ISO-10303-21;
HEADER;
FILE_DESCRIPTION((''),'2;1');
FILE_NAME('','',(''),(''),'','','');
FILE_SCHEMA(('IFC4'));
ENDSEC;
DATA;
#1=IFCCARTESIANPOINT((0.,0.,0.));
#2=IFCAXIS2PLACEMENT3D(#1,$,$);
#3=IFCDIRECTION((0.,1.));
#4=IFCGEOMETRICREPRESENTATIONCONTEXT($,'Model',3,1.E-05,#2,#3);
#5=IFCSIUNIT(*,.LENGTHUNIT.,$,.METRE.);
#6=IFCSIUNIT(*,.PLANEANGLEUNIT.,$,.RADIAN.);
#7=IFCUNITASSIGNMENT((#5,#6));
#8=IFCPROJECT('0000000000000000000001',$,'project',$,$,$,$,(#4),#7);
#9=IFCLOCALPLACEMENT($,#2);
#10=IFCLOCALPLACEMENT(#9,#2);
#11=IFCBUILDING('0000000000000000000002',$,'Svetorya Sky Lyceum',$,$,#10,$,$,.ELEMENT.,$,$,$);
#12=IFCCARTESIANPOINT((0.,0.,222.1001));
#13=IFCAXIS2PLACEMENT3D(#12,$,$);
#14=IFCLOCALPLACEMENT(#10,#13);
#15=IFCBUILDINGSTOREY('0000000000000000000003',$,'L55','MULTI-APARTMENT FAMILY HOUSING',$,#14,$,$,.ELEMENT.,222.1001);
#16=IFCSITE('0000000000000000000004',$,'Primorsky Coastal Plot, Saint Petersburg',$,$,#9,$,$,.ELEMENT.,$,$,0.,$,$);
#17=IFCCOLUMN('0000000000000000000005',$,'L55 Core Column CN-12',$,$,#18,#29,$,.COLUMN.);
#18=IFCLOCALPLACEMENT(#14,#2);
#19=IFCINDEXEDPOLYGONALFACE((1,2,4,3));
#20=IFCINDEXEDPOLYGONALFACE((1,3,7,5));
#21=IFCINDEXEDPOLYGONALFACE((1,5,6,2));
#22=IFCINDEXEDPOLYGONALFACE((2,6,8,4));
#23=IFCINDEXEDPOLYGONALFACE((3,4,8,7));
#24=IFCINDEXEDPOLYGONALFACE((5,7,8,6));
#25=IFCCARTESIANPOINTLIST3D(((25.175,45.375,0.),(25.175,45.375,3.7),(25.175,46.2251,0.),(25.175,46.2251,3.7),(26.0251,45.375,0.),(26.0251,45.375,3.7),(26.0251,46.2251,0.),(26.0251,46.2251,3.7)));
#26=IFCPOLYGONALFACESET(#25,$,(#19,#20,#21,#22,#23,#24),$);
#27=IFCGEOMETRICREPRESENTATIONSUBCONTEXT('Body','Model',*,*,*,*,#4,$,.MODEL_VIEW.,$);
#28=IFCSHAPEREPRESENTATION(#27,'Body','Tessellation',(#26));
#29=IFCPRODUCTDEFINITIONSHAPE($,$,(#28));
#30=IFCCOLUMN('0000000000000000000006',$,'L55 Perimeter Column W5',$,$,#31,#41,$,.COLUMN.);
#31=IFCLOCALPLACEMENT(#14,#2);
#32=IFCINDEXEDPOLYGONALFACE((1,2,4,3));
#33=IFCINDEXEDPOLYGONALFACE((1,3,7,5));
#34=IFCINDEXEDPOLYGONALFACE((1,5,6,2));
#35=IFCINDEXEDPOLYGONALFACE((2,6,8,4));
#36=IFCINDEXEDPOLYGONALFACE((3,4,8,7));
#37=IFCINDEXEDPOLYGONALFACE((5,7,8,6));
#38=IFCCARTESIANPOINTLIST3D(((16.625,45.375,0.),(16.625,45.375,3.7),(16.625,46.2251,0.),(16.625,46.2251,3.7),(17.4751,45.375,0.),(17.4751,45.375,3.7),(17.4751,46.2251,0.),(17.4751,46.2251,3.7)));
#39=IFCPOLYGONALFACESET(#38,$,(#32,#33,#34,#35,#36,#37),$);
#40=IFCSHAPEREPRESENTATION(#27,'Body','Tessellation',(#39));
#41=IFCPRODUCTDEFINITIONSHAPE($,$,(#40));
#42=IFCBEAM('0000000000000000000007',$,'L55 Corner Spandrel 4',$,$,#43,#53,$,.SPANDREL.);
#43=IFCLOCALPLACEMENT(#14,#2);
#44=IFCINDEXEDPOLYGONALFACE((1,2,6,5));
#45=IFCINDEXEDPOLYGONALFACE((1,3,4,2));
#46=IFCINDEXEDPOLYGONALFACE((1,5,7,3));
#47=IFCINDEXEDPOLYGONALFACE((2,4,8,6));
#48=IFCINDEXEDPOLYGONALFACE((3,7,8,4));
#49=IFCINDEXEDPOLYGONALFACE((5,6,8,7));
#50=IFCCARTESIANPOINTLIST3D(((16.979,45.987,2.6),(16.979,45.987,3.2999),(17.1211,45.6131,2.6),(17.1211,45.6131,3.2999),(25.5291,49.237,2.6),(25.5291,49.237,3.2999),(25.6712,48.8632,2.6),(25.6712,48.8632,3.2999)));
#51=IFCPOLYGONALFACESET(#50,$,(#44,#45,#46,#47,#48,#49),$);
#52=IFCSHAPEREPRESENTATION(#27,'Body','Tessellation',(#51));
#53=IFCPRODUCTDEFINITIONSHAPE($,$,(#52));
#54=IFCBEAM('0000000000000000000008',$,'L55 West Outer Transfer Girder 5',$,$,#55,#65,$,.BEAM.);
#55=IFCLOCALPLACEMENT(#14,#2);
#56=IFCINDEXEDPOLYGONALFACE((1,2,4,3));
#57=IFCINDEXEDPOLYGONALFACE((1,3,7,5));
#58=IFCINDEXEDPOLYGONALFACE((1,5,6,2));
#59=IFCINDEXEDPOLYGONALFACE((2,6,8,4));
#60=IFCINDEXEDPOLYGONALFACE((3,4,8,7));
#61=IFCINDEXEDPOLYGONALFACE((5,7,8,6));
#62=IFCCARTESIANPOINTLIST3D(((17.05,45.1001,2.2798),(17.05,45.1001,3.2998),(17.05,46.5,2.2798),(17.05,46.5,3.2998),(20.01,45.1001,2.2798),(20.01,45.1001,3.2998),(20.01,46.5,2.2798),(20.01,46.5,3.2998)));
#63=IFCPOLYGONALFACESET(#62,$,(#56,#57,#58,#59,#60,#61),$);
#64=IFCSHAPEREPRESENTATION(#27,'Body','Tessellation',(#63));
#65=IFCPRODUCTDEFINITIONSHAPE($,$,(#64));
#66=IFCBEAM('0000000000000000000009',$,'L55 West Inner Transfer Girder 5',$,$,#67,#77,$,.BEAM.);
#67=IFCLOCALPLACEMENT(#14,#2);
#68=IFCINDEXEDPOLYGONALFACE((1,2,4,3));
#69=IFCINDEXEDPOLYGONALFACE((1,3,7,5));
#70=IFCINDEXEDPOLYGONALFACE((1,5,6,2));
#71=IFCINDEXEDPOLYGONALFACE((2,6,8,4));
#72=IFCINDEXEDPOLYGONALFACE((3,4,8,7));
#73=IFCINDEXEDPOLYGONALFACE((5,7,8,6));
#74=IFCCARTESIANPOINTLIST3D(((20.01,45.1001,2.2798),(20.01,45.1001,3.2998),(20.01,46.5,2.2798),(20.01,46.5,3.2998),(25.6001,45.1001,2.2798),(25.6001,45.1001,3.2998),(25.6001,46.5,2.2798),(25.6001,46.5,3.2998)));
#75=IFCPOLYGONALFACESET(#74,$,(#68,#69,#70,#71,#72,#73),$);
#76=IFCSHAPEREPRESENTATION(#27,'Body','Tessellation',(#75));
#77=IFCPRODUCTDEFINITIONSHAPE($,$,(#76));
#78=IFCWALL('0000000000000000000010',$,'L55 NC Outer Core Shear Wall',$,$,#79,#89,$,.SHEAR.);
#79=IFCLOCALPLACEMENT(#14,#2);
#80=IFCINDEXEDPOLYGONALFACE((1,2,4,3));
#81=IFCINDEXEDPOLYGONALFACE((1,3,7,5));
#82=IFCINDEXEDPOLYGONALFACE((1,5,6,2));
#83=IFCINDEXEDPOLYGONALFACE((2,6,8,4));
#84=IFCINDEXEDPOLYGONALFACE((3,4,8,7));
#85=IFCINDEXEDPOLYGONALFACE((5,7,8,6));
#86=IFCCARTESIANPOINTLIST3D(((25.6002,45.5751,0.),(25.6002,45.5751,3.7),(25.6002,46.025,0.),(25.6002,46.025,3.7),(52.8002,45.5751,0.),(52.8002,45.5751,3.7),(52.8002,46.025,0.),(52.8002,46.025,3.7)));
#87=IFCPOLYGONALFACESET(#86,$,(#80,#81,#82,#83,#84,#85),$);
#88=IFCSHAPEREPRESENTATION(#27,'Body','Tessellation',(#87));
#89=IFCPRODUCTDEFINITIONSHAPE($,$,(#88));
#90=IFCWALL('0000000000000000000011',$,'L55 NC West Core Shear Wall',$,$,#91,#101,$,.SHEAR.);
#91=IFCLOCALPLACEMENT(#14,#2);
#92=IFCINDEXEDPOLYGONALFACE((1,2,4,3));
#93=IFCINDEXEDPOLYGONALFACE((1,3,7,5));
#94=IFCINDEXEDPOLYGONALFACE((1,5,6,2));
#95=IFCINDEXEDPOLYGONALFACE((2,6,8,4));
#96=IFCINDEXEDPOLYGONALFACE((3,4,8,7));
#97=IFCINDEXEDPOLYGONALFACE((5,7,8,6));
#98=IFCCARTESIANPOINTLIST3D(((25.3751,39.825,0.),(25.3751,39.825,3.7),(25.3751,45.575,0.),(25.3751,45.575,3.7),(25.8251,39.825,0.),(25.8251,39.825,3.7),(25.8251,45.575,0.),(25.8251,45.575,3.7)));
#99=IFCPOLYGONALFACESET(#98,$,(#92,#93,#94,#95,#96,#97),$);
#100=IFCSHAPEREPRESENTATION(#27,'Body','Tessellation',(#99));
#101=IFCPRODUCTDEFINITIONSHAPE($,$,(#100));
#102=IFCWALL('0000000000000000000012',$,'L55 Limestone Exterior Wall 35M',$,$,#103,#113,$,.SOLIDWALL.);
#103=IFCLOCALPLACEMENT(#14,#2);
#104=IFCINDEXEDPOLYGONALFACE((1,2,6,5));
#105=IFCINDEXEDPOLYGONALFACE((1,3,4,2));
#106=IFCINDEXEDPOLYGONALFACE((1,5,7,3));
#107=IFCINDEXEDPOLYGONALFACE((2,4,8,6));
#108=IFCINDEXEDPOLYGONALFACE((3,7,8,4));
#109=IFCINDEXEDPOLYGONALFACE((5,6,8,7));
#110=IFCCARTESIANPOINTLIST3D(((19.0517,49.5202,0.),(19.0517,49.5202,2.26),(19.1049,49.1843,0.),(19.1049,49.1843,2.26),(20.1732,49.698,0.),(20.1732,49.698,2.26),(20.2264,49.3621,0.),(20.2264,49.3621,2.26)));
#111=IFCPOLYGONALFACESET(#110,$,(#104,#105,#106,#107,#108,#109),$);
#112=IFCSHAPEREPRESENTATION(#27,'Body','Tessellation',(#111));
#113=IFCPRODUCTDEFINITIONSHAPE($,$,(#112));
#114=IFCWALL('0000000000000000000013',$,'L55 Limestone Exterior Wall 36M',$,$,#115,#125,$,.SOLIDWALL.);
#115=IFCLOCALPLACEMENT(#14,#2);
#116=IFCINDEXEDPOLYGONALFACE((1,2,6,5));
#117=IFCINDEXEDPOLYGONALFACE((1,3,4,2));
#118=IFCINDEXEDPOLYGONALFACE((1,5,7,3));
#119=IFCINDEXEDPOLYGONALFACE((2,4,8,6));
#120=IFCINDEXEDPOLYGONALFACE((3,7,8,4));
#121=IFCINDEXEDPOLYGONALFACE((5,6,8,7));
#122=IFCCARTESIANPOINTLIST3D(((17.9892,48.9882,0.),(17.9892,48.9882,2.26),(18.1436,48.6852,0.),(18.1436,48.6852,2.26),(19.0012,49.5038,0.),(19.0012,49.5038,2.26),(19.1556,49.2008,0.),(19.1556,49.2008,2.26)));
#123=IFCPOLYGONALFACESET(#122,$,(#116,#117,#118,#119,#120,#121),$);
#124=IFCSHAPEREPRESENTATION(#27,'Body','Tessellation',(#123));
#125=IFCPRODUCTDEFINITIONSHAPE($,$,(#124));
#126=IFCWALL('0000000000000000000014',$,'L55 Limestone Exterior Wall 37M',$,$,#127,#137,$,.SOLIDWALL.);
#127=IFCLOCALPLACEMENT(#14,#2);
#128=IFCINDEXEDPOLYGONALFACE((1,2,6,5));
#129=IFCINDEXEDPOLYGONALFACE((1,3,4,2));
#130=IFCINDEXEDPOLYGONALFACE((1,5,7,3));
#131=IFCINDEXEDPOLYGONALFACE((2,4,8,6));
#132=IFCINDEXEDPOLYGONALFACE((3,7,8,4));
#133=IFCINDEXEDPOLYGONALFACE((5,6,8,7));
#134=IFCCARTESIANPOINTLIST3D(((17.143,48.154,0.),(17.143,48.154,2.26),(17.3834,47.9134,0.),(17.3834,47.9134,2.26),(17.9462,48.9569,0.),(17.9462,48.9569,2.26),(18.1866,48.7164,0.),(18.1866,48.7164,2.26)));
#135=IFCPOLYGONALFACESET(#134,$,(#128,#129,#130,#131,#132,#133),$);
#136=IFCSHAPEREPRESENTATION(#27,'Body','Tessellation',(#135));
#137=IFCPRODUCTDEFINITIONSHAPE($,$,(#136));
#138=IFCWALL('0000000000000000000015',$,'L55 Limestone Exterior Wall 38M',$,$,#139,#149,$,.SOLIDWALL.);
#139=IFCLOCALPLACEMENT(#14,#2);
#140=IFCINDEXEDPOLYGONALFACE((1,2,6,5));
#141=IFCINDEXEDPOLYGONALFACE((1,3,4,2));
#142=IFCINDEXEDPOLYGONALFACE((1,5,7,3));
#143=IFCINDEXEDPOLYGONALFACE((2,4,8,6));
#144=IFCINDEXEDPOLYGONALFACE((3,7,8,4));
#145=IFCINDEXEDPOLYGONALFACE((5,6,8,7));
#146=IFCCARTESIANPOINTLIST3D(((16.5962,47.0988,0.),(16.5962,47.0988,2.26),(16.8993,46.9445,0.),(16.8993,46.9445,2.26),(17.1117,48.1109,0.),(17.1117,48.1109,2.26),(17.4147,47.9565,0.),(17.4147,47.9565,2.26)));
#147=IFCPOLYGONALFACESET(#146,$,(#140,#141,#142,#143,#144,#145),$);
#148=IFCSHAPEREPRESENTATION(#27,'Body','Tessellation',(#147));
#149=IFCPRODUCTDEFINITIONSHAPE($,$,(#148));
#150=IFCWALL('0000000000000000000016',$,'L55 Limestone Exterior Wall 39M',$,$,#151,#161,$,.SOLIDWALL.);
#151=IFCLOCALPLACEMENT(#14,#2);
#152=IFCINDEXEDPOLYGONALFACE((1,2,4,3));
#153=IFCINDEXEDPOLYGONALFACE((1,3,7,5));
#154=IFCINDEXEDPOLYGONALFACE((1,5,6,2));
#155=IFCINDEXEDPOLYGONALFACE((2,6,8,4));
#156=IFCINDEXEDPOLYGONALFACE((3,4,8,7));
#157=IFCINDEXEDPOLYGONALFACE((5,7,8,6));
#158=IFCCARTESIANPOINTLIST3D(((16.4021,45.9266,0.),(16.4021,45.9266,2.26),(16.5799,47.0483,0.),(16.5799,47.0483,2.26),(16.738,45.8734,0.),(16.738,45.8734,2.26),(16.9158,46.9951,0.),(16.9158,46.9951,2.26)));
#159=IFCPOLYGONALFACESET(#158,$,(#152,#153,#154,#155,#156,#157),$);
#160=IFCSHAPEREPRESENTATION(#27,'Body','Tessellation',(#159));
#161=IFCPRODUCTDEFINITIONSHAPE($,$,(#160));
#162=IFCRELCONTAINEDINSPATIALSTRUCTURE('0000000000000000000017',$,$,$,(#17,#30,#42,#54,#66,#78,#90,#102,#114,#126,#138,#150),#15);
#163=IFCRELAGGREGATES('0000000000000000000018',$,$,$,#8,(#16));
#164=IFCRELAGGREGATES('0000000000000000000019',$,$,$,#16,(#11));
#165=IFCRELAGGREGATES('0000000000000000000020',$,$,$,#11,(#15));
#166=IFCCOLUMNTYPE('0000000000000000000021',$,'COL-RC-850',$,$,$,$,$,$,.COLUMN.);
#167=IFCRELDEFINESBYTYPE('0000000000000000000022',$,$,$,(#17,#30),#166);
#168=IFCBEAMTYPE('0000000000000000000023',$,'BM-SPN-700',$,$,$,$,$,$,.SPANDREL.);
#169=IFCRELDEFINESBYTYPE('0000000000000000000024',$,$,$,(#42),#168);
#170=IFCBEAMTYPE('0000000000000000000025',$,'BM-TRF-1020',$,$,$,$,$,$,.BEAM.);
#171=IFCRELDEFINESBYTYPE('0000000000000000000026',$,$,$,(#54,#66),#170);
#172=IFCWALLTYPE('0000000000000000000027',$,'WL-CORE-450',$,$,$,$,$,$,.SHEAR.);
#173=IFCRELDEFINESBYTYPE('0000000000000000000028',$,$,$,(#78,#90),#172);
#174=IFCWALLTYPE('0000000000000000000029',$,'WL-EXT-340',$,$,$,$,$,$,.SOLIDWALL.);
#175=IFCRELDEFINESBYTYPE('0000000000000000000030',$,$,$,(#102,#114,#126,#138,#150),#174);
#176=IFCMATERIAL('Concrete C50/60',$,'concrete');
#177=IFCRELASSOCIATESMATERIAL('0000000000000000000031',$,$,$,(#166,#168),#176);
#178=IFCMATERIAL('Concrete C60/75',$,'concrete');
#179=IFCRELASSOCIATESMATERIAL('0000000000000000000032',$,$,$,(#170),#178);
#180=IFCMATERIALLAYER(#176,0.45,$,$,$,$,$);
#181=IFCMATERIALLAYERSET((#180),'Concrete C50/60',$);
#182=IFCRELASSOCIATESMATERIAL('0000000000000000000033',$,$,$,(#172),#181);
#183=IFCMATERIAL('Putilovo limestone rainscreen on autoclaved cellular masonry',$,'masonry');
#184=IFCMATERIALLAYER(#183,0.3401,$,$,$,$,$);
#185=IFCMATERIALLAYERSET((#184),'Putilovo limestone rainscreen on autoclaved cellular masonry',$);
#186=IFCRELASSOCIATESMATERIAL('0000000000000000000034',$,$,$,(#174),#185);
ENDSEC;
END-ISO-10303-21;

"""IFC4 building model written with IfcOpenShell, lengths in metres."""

from ifc_helpers import new_model, si_unit, direction, frame, frame_2d, origin, origin_2d, place, context, subcontext, project, spatial, rectangle, extrude, material, layer, layer_set, material_profile, profile_set, type_object, element, save


model = new_model("IFC4")

# Units and contexts
model_context = context("Model", 3, precision=1e-05, world=origin(), true_north=direction((0.0, 1.0)))
body_context = subcontext(model_context, "Body", "Model", "MODEL_VIEW")
ifc_project = project(units=[si_unit("LENGTHUNIT", "METRE"), si_unit("PLANEANGLEUNIT", "RADIAN")], contexts=[model_context])

# Site, building, storey
site_placement = place(None, origin())
site = spatial("IfcSite", under=ifc_project, at=site_placement, Name="Primorsky Coastal Plot, Saint Petersburg", CompositionType="ELEMENT", RefElevation=0.0)
building_placement = place(site_placement, origin())
building = spatial("IfcBuilding", under=site, at=building_placement, Name="Svetorya Sky Lyceum", CompositionType="ELEMENT")
storey_placement = place(building_placement, frame((0.0, 0.0, 222.1001)))
storey = spatial("IfcBuildingStorey", under=building, at=storey_placement, Name="L55", Description="MULTI-APARTMENT FAMILY HOUSING", CompositionType="ELEMENT", Elevation=222.1001)

# Columns
ifc_material_1 = material(Name="Concrete C50/60", Category="concrete")
ifc_material_profile_1 = material_profile(ifc_material_1, rectangle(XDim=0.8501, YDim=0.8501, at=origin_2d()), Name="RC COL 850x850")
ifc_profile_set_1 = profile_set([ifc_material_profile_1], Name="Concrete C50/60")
column_type = type_object("IfcColumnType", Name="COL-RC-850", PredefinedType="COLUMN", material=ifc_profile_set_1)
for number, where, z_axis, x_axis, name in (
    (1, (25.6001, 45.8, 0.0), (0.0, 0.0, 1.0), (1.0, 0.0, 0.0), "L55 Core Column CN-12"),
    (2, (17.05, 45.8, 0.0), (0.0, 0.0, 1.0), (1.0, 0.0, 0.0), "L55 Perimeter Column W5"),
):
    element("IfcColumn", number, at=place(storey_placement, frame(where, z_axis=z_axis, x_axis=x_axis)), inside=storey, type_object=column_type, Name=name, PredefinedType="COLUMN", context=body_context, shape_type="SweptSolid", body=[
        extrude(rectangle(XDim=0.8501, YDim=0.8501, at=origin_2d()), origin(), (0.0, 0.0, 1.0), 3.7),
    ])

# Beams
ifc_material_profile_2 = material_profile(ifc_material_1, rectangle(XDim=0.3999, YDim=0.7, at=origin_2d()), Name="RC SPANDREL 400x700")
ifc_profile_set_2 = profile_set([ifc_material_profile_2], Name="Concrete C50/60")
beam_type_1 = type_object("IfcBeamType", Name="BM-SPN-700", PredefinedType="SPANDREL", material=ifc_profile_set_2)
beam_1_placement = place(storey_placement, frame((17.05, 45.8, 2.95), z_axis=(0.934748, 0.355312, 0.0), x_axis=(-0.355312, 0.934748, 0.0)))
element("IfcBeam", 3, at=beam_1_placement, inside=storey, type_object=beam_type_1, Name="L55 Corner Spandrel 4", PredefinedType="SPANDREL", context=body_context, shape_type="SweptSolid", body=[
    extrude(rectangle(XDim=0.3999, YDim=0.7, at=origin_2d()), origin(), (0.0, 0.0, 1.0), 9.147),
])
ifc_material_2 = material(Name="Concrete C60/75", Category="concrete")
ifc_material_profile_3 = material_profile(ifc_material_2, rectangle(XDim=1.3999, YDim=1.02, at=origin_2d()), Name="RC TRANSFER 1400x1020")
ifc_profile_set_3 = profile_set([ifc_material_profile_3], Name="Concrete C60/75")
beam_type_2 = type_object("IfcBeamType", Name="BM-TRF-1020", PredefinedType="BEAM", material=ifc_profile_set_3)
beam_2_placement = place(storey_placement, frame((17.05, 45.8, 2.7898), z_axis=(1.0, 0.0, 0.0), x_axis=(0.0, 1.0, 0.0)))
element("IfcBeam", 4, at=beam_2_placement, inside=storey, type_object=beam_type_2, Name="L55 West Outer Transfer Girder 5", PredefinedType="BEAM", context=body_context, shape_type="SweptSolid", body=[
    extrude(rectangle(XDim=1.3999, YDim=1.02, at=origin_2d()), origin(), (0.0, 0.0, 1.0), 2.96),
])
beam_3_placement = place(storey_placement, frame((20.01, 45.8, 2.7898), z_axis=(1.0, 0.0, 0.0), x_axis=(0.0, 1.0, 0.0)))
element("IfcBeam", 5, at=beam_3_placement, inside=storey, type_object=beam_type_2, Name="L55 West Inner Transfer Girder 5", PredefinedType="BEAM", context=body_context, shape_type="SweptSolid", body=[
    extrude(rectangle(XDim=1.3999, YDim=1.02, at=origin_2d()), origin(), (0.0, 0.0, 1.0), 5.5901),
])

# Walls
ifc_layer_1 = layer(ifc_material_1, 0.45)
ifc_layer_set_1 = layer_set([ifc_layer_1], Name="Concrete C50/60")
wall_type_1 = type_object("IfcWallType", Name="WL-CORE-450", PredefinedType="SHEAR", material=ifc_layer_set_1)
wall_1_placement = place(storey_placement, frame((25.6001, 45.8, 0.0), z_axis=(0.0, 0.0, 1.0), x_axis=(1.0, 0.0, 0.0)))
element("IfcWall", 6, at=wall_1_placement, inside=storey, type_object=wall_type_1, Name="L55 NC Outer Core Shear Wall", PredefinedType="SHEAR", context=body_context, shape_type="SweptSolid", body=[
    extrude(rectangle(XDim=27.2, YDim=0.45, at=frame_2d((13.6001, 0.0))), origin(), (0.0, 0.0, 1.0), 3.7),
])
wall_2_placement = place(storey_placement, frame((25.6001, 39.825, 0.0), z_axis=(0.0, 0.0, 1.0), x_axis=(0.0, 1.0, 0.0)))
element("IfcWall", 7, at=wall_2_placement, inside=storey, type_object=wall_type_1, Name="L55 NC West Core Shear Wall", PredefinedType="SHEAR", context=body_context, shape_type="SweptSolid", body=[
    extrude(rectangle(XDim=5.75, YDim=0.45, at=frame_2d((2.875, 0.0))), origin(), (0.0, 0.0, 1.0), 3.7),
])
ifc_material_3 = material(Name="Putilovo limestone rainscreen on autoclaved cellular masonry", Category="masonry")
ifc_layer_2 = layer(ifc_material_3, 0.3401)
ifc_layer_set_2 = layer_set([ifc_layer_2], Name="Putilovo limestone rainscreen on autoclaved cellular masonry")
wall_type_2 = type_object("IfcWallType", Name="WL-EXT-340", PredefinedType="SOLIDWALL", material=ifc_layer_set_2)
wall_3_placement = place(storey_placement, frame((20.2, 49.53, 0.0), z_axis=(0.0, 0.0, 1.0), x_axis=(-0.987676, -0.156515, 0.0)))
element("IfcWall", 8, at=wall_3_placement, inside=storey, type_object=wall_type_2, Name="L55 Limestone Exterior Wall 35M", PredefinedType="SOLIDWALL", context=body_context, shape_type="SweptSolid", body=[
    extrude(rectangle(XDim=1.1355, YDim=0.3401, at=frame_2d((0.5679, 0.0))), origin(), (0.0, 0.0, 1.0), 2.26),
])
for number, where, z_axis, x_axis, name in (
    (9, (19.0784, 49.3523, 0.0), (0.0, 0.0, 1.0), (-0.891005, -0.453993, 0.0), "L55 Limestone Exterior Wall 36M"),
    (10, (18.0664, 48.8367, 0.0), (0.0, 0.0, 1.0), (-0.707214, -0.706999, 0.0), "L55 Limestone Exterior Wall 37M"),
    (11, (17.2632, 48.0337, 0.0), (0.0, 0.0, 1.0), (-0.453823, -0.891092, 0.0), "L55 Limestone Exterior Wall 38M"),
    (12, (16.7478, 47.0217, 0.0), (0.0, 0.0, 1.0), (-0.156481, -0.987681, 0.0), "L55 Limestone Exterior Wall 39M"),
):
    element("IfcWall", number, at=place(storey_placement, frame(where, z_axis=z_axis, x_axis=x_axis)), inside=storey, type_object=wall_type_2, Name=name, PredefinedType="SOLIDWALL", context=body_context, shape_type="SweptSolid", body=[
        extrude(rectangle(XDim=1.1357, YDim=0.3401, at=frame_2d((0.5679, 0.0))), origin(), (0.0, 0.0, 1.0), 2.26),
    ])

save(model, "model.ifc")
